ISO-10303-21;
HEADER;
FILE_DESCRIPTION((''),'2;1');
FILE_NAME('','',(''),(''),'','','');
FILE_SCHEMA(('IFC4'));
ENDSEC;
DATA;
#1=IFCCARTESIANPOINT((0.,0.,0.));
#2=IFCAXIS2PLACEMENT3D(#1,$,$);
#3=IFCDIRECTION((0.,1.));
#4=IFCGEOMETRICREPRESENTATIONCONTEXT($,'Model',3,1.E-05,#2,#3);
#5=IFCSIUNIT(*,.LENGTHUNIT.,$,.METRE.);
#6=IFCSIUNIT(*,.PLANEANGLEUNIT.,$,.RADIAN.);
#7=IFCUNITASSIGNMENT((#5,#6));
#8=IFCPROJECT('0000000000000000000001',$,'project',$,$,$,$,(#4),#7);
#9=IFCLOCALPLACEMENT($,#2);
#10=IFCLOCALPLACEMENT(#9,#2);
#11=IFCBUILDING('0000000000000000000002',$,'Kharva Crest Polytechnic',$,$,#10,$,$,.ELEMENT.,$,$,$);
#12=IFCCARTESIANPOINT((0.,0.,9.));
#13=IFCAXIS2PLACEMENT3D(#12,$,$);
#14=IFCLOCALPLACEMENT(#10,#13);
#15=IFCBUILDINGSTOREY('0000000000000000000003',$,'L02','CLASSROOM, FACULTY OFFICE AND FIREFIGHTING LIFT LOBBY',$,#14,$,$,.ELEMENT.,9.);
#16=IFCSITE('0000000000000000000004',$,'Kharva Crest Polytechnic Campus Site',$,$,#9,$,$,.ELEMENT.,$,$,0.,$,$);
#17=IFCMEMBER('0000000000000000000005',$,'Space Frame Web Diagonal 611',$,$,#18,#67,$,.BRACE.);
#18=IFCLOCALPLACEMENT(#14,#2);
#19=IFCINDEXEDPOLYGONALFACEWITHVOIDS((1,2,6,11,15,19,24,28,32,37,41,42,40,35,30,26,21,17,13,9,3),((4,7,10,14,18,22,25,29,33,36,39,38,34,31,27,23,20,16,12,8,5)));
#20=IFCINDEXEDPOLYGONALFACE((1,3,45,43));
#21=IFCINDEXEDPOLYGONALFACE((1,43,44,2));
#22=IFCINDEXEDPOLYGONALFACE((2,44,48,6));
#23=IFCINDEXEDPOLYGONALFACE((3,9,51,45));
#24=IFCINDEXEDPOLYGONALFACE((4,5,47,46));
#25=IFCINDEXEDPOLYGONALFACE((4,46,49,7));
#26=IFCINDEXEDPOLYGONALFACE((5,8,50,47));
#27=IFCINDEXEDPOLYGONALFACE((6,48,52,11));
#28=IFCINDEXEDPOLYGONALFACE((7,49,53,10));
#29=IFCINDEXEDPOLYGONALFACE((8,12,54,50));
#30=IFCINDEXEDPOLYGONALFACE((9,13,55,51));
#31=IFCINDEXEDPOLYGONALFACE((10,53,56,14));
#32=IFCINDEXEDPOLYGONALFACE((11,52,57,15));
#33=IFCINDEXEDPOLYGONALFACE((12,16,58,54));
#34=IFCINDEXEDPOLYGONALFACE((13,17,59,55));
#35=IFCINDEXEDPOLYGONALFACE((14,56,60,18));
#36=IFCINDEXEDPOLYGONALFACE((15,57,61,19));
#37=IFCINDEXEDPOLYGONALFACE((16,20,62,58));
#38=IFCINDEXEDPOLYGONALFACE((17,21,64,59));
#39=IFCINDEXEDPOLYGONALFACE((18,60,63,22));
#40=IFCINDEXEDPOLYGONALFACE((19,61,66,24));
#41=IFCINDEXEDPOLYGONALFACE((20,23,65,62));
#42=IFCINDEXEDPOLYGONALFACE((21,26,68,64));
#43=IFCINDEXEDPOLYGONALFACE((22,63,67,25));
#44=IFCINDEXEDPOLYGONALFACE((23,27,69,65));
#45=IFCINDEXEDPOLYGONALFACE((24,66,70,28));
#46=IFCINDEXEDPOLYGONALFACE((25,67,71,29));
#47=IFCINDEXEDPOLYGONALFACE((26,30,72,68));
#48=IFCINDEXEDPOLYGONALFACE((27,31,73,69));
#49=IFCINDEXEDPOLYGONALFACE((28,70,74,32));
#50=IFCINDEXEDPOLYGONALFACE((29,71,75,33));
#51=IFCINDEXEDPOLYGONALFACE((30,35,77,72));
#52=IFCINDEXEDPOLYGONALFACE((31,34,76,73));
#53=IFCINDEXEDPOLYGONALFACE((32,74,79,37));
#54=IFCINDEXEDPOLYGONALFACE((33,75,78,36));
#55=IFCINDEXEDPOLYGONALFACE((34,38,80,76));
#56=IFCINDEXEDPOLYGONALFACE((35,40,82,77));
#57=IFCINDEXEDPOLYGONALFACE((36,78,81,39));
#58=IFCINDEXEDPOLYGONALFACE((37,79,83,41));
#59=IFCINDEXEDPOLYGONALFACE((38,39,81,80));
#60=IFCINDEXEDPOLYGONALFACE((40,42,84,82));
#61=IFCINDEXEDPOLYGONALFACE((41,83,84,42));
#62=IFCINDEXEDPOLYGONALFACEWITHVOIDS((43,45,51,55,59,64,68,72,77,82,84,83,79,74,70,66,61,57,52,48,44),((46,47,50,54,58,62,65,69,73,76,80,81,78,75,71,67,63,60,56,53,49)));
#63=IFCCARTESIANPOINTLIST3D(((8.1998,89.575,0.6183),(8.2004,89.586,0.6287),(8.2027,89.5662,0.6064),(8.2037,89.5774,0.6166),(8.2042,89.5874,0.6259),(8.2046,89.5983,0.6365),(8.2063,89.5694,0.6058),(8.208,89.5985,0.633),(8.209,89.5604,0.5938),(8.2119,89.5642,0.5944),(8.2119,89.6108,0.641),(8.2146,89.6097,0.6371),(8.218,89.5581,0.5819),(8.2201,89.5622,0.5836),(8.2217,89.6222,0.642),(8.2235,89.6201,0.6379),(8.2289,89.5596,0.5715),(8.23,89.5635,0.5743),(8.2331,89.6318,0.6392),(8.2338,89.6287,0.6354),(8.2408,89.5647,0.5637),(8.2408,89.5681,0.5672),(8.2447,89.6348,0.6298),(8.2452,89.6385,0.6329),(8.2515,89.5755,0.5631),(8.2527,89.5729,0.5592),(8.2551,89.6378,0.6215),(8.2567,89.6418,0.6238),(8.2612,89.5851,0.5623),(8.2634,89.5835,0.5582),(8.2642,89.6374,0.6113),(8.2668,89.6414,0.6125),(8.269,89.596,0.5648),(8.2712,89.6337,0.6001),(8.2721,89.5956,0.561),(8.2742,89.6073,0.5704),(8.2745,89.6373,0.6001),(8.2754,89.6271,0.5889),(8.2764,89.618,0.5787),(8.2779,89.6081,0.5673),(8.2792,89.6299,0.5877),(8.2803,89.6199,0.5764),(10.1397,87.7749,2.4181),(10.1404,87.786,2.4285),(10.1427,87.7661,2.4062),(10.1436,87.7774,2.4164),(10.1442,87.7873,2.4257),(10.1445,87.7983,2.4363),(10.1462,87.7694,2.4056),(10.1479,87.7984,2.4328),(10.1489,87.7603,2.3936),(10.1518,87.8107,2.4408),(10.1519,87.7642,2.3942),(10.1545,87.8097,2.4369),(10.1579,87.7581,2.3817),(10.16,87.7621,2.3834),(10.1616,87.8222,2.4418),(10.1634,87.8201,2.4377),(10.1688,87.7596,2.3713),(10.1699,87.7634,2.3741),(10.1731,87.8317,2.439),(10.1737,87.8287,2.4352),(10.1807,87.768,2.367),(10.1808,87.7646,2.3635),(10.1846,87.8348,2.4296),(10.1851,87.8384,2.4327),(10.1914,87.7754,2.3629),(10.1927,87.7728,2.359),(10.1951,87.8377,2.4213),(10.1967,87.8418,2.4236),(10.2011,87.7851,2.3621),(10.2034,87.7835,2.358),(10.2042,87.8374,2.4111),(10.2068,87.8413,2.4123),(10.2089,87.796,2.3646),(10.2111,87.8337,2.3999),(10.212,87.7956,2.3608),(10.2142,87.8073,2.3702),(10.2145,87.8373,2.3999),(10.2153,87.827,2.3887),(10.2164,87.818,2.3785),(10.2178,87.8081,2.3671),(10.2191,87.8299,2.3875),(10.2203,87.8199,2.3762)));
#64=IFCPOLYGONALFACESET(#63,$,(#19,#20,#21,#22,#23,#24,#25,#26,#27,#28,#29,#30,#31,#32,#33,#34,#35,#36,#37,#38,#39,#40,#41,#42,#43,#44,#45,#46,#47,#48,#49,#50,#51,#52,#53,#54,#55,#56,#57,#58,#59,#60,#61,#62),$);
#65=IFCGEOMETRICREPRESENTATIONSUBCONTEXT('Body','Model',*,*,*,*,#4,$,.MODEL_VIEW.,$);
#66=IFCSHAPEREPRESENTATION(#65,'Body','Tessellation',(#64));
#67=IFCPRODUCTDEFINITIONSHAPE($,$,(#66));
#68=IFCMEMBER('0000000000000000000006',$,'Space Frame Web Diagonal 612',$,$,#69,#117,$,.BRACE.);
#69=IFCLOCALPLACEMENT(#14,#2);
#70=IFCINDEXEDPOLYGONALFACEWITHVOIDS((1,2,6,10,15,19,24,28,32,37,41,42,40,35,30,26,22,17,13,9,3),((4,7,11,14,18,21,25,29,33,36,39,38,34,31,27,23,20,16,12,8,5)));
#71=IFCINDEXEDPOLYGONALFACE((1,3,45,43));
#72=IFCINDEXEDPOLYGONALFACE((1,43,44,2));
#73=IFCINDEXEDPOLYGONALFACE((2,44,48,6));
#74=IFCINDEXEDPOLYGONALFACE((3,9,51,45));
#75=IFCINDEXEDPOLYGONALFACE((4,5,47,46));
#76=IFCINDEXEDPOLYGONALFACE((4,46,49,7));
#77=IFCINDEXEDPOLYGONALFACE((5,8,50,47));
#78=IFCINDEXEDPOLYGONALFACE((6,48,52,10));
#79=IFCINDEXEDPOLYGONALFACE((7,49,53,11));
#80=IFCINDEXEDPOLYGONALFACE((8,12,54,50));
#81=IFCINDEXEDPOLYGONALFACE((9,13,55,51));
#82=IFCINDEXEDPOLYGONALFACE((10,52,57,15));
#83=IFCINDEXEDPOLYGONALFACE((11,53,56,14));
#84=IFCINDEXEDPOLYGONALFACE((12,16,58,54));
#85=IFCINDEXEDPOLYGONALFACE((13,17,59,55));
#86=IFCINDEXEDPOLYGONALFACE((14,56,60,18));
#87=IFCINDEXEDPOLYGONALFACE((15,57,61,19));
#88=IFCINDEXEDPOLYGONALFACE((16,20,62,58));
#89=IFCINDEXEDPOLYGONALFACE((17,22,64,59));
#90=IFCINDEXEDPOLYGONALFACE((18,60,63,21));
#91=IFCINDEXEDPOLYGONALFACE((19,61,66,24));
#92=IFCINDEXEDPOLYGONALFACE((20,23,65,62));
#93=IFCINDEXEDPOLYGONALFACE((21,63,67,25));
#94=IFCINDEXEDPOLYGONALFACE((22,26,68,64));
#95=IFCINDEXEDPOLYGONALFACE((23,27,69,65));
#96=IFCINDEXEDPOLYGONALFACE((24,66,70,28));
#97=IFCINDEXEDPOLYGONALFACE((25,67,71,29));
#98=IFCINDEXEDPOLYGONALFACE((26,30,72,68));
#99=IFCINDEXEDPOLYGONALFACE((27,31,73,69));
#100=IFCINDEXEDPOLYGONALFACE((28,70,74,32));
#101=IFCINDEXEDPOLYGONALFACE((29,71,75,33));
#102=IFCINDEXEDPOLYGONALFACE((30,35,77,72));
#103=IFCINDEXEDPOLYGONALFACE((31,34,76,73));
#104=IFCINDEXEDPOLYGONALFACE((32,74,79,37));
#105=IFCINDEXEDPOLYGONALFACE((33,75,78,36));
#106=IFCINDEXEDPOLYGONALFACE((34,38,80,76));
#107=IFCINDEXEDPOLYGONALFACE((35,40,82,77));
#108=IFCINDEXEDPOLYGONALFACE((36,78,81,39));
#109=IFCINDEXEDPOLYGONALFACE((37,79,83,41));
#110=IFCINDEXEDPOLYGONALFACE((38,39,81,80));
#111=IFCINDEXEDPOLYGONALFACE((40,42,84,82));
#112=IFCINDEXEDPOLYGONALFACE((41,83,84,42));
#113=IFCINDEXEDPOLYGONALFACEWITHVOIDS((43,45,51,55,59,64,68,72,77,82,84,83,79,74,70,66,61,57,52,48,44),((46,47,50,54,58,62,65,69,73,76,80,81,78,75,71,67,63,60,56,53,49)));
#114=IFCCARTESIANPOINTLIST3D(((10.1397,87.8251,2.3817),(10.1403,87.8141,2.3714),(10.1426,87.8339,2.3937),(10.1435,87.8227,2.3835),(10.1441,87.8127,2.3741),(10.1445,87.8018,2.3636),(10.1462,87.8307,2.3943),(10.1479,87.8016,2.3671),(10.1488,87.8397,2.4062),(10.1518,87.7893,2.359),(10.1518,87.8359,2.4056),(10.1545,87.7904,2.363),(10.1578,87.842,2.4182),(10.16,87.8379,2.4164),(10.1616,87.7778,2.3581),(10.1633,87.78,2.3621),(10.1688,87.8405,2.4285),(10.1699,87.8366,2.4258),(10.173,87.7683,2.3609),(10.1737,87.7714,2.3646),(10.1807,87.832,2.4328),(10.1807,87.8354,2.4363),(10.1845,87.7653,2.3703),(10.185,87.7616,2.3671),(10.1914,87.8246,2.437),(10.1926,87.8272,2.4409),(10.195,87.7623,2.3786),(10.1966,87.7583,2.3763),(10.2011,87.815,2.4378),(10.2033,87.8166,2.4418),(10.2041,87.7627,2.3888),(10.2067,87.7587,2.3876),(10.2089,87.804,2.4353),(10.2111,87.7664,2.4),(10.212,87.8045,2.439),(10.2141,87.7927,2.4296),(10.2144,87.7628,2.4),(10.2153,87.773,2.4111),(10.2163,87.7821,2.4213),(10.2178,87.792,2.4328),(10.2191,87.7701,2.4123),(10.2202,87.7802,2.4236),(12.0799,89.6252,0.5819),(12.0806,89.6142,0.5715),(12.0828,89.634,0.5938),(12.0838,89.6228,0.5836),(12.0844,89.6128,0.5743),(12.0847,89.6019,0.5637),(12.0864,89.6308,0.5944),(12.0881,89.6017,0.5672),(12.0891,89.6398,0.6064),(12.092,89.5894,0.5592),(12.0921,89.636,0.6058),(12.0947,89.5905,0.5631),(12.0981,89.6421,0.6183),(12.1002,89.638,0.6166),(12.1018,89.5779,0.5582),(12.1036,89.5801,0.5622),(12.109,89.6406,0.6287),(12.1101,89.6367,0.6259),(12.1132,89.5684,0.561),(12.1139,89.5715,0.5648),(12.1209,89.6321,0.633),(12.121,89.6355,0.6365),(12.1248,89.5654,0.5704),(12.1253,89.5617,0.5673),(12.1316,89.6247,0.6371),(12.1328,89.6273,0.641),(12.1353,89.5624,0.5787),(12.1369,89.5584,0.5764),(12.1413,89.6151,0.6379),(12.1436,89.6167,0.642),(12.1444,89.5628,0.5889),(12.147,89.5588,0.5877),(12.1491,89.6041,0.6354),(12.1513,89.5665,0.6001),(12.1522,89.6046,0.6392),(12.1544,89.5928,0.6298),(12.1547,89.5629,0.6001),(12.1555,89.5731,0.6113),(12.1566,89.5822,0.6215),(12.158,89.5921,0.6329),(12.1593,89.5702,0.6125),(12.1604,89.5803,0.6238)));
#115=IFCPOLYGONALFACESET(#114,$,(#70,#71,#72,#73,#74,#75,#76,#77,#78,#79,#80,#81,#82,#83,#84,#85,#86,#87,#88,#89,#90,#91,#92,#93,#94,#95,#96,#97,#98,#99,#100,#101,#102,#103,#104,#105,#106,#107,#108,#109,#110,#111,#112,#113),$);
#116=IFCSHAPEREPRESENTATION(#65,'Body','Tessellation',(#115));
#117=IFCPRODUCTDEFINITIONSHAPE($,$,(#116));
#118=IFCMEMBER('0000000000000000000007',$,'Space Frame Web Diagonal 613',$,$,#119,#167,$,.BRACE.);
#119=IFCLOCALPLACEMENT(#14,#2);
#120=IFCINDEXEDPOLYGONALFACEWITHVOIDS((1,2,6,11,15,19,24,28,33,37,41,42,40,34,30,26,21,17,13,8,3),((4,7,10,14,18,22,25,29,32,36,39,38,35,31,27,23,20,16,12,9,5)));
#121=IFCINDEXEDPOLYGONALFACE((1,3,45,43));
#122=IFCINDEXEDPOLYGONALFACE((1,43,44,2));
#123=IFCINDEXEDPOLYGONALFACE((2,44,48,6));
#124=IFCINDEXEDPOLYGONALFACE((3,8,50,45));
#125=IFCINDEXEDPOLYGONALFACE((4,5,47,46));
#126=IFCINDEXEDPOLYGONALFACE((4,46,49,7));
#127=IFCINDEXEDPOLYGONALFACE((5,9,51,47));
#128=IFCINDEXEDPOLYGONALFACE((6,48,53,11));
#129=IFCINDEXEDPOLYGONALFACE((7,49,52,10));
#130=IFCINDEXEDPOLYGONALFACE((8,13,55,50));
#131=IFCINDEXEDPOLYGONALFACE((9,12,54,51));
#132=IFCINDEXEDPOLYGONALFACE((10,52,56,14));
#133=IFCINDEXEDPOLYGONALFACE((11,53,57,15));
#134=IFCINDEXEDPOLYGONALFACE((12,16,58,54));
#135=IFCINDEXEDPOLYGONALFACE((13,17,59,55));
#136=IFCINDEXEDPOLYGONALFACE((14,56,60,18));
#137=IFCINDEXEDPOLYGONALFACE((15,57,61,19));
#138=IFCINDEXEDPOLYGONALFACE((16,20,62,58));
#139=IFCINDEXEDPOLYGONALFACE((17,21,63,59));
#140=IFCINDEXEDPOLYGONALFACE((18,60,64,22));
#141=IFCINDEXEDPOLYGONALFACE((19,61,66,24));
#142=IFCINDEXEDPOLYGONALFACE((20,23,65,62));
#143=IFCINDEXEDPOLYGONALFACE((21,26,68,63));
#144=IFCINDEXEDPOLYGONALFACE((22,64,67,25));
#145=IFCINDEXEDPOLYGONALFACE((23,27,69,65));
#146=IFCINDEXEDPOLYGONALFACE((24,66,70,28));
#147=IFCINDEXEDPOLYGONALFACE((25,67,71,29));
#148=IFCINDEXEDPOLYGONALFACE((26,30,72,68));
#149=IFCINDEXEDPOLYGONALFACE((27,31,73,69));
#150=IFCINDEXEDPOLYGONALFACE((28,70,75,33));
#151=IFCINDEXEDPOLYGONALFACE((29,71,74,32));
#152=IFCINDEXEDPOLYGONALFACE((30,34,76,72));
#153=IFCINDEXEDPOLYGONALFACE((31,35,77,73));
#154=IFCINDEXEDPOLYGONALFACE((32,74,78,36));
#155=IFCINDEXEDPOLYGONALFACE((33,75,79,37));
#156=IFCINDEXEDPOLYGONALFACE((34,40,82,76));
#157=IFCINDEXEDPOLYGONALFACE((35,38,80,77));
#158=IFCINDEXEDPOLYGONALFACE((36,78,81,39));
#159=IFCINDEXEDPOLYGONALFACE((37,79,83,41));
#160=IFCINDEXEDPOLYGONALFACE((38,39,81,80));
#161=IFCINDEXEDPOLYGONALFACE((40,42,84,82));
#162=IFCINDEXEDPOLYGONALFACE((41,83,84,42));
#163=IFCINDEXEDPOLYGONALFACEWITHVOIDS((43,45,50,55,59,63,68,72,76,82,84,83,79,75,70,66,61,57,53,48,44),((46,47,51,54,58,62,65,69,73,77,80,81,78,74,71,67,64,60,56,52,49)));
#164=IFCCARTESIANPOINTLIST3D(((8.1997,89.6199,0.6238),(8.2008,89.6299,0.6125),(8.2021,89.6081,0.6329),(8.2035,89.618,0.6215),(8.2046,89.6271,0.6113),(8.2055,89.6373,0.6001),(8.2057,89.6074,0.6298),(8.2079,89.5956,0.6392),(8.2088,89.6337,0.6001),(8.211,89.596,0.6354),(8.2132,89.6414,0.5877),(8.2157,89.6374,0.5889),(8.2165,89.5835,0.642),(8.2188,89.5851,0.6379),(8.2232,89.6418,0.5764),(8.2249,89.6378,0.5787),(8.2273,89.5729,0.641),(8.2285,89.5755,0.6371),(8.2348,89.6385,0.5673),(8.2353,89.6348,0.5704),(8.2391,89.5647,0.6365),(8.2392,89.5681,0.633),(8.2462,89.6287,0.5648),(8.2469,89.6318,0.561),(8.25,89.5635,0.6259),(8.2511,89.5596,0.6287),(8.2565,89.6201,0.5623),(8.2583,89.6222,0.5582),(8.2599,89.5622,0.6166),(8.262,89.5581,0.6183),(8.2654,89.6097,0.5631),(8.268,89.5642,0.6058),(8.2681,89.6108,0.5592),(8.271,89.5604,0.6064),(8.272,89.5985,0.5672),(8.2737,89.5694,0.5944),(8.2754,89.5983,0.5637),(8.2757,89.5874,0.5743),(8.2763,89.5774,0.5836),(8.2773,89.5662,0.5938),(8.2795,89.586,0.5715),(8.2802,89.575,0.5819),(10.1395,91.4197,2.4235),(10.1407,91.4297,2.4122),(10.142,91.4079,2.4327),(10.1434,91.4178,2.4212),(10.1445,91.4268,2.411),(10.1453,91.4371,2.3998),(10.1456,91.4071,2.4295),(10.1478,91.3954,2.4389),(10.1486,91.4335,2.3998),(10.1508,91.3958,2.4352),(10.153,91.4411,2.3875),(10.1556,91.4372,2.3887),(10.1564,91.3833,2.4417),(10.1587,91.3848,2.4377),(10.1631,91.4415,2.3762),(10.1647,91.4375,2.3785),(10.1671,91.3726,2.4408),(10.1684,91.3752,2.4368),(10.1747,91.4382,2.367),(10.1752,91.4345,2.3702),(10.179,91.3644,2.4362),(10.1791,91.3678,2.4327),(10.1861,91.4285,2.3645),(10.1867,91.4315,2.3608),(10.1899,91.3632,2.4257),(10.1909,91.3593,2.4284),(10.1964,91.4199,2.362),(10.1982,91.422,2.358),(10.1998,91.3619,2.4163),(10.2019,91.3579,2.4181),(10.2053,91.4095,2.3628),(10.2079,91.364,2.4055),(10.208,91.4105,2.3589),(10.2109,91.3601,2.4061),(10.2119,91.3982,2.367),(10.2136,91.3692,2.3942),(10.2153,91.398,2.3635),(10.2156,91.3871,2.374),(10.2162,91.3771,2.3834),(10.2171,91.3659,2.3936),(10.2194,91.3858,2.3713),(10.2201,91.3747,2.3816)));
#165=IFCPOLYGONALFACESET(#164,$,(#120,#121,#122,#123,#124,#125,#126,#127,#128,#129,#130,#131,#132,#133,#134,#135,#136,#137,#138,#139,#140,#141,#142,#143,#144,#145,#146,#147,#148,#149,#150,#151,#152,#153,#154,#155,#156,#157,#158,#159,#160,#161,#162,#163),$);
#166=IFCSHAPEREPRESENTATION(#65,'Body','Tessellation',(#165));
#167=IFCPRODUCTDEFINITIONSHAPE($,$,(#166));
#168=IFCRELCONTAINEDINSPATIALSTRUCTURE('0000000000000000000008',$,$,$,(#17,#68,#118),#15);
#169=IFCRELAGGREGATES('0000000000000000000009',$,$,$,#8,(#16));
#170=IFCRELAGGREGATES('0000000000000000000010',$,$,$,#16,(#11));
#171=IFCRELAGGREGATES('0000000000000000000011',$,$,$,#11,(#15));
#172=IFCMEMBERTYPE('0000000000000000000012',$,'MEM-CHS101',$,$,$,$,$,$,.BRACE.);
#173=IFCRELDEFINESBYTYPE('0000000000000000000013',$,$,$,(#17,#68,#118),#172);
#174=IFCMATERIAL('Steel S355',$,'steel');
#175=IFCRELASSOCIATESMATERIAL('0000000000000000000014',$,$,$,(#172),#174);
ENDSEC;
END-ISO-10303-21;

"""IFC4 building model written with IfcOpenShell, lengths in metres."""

from ifc_helpers import new_model, si_unit, direction, frame, origin, origin_2d, place, context, subcontext, project, spatial, hollow_circle, extrude, material, material_profile, profile_set, type_object, element, save


model = new_model("IFC4")

# Units and contexts
model_context = context("Model", 3, precision=1e-05, world=origin(), true_north=direction((0.0, 1.0)))
body_context = subcontext(model_context, "Body", "Model", "MODEL_VIEW")
ifc_project = project(units=[si_unit("LENGTHUNIT", "METRE"), si_unit("PLANEANGLEUNIT", "RADIAN")], contexts=[model_context])

# Site, building, storey
site_placement = place(None, origin())
site = spatial("IfcSite", under=ifc_project, at=site_placement, Name="Kharva Crest Polytechnic Campus Site", CompositionType="ELEMENT", RefElevation=0.0)
building_placement = place(site_placement, origin())
building = spatial("IfcBuilding", under=site, at=building_placement, Name="Kharva Crest Polytechnic", CompositionType="ELEMENT")
storey_placement = place(building_placement, frame((0.0, 0.0, 9.0)))
storey = spatial("IfcBuildingStorey", under=building, at=storey_placement, Name="L02", Description="CLASSROOM, FACULTY OFFICE AND FIREFIGHTING LIFT LOBBY", CompositionType="ELEMENT", Elevation=9.0)

# Members
ifc_material = material(Name="Steel S355", Category="steel")
ifc_material_profile_1 = material_profile(ifc_material, hollow_circle(Radius=0.0508, WallThickness=0.0049, at=origin_2d()), Name="CHS 101.6X5.0")
ifc_profile_set_1 = profile_set([ifc_material_profile_1], Name="Steel S355")
member_type_1 = type_object("IfcMemberType", Name="MEM-CHS101", PredefinedType="BRACE", material=ifc_profile_set_1)
member_1_placement = place(storey_placement, frame((8.24, 89.6001, 0.6001), z_axis=(0.606147, -0.562437, 0.562361), x_axis=(0.680182, 0.733043, 0.0)))
element("IfcMember", 1, at=member_1_placement, inside=storey, type_object=member_type_1, Name="Space Frame Web Diagonal 611", PredefinedType="BRACE", context=body_context, shape_type="SweptSolid", body=[
    extrude(hollow_circle(Radius=0.0508, WallThickness=0.0049, at=origin_2d()), origin(), (0.0, 0.0, 1.0), 3.2004),
])
member_2_placement = place(storey_placement, frame((12.1201, 89.6001, 0.6001), z_axis=(-0.606196, -0.562411, 0.562335), x_axis=(0.680136, -0.733086, 0.0)))
element("IfcMember", 2, at=member_2_placement, inside=storey, type_object=member_type_1, Name="Space Frame Web Diagonal 612", PredefinedType="BRACE", context=body_context, shape_type="SweptSolid", body=[
    extrude(hollow_circle(Radius=0.0508, WallThickness=0.0049, at=origin_2d()), origin(), (0.0, 0.0, 1.0), 3.2007),
])
member_3_placement = place(storey_placement, frame((8.24, 89.6001, 0.6001), z_axis=(0.606173, 0.562385, 0.562385), x_axis=(-0.680133, 0.733089, 0.0)))
element("IfcMember", 3, at=member_3_placement, inside=storey, type_object=member_type_1, Name="Space Frame Web Diagonal 613", PredefinedType="BRACE", context=body_context, shape_type="SweptSolid", body=[
    extrude(hollow_circle(Radius=0.0508, WallThickness=0.0049, at=origin_2d()), origin(), (0.0, 0.0, 1.0), 3.2002),
])

save(model, "model.ifc")
